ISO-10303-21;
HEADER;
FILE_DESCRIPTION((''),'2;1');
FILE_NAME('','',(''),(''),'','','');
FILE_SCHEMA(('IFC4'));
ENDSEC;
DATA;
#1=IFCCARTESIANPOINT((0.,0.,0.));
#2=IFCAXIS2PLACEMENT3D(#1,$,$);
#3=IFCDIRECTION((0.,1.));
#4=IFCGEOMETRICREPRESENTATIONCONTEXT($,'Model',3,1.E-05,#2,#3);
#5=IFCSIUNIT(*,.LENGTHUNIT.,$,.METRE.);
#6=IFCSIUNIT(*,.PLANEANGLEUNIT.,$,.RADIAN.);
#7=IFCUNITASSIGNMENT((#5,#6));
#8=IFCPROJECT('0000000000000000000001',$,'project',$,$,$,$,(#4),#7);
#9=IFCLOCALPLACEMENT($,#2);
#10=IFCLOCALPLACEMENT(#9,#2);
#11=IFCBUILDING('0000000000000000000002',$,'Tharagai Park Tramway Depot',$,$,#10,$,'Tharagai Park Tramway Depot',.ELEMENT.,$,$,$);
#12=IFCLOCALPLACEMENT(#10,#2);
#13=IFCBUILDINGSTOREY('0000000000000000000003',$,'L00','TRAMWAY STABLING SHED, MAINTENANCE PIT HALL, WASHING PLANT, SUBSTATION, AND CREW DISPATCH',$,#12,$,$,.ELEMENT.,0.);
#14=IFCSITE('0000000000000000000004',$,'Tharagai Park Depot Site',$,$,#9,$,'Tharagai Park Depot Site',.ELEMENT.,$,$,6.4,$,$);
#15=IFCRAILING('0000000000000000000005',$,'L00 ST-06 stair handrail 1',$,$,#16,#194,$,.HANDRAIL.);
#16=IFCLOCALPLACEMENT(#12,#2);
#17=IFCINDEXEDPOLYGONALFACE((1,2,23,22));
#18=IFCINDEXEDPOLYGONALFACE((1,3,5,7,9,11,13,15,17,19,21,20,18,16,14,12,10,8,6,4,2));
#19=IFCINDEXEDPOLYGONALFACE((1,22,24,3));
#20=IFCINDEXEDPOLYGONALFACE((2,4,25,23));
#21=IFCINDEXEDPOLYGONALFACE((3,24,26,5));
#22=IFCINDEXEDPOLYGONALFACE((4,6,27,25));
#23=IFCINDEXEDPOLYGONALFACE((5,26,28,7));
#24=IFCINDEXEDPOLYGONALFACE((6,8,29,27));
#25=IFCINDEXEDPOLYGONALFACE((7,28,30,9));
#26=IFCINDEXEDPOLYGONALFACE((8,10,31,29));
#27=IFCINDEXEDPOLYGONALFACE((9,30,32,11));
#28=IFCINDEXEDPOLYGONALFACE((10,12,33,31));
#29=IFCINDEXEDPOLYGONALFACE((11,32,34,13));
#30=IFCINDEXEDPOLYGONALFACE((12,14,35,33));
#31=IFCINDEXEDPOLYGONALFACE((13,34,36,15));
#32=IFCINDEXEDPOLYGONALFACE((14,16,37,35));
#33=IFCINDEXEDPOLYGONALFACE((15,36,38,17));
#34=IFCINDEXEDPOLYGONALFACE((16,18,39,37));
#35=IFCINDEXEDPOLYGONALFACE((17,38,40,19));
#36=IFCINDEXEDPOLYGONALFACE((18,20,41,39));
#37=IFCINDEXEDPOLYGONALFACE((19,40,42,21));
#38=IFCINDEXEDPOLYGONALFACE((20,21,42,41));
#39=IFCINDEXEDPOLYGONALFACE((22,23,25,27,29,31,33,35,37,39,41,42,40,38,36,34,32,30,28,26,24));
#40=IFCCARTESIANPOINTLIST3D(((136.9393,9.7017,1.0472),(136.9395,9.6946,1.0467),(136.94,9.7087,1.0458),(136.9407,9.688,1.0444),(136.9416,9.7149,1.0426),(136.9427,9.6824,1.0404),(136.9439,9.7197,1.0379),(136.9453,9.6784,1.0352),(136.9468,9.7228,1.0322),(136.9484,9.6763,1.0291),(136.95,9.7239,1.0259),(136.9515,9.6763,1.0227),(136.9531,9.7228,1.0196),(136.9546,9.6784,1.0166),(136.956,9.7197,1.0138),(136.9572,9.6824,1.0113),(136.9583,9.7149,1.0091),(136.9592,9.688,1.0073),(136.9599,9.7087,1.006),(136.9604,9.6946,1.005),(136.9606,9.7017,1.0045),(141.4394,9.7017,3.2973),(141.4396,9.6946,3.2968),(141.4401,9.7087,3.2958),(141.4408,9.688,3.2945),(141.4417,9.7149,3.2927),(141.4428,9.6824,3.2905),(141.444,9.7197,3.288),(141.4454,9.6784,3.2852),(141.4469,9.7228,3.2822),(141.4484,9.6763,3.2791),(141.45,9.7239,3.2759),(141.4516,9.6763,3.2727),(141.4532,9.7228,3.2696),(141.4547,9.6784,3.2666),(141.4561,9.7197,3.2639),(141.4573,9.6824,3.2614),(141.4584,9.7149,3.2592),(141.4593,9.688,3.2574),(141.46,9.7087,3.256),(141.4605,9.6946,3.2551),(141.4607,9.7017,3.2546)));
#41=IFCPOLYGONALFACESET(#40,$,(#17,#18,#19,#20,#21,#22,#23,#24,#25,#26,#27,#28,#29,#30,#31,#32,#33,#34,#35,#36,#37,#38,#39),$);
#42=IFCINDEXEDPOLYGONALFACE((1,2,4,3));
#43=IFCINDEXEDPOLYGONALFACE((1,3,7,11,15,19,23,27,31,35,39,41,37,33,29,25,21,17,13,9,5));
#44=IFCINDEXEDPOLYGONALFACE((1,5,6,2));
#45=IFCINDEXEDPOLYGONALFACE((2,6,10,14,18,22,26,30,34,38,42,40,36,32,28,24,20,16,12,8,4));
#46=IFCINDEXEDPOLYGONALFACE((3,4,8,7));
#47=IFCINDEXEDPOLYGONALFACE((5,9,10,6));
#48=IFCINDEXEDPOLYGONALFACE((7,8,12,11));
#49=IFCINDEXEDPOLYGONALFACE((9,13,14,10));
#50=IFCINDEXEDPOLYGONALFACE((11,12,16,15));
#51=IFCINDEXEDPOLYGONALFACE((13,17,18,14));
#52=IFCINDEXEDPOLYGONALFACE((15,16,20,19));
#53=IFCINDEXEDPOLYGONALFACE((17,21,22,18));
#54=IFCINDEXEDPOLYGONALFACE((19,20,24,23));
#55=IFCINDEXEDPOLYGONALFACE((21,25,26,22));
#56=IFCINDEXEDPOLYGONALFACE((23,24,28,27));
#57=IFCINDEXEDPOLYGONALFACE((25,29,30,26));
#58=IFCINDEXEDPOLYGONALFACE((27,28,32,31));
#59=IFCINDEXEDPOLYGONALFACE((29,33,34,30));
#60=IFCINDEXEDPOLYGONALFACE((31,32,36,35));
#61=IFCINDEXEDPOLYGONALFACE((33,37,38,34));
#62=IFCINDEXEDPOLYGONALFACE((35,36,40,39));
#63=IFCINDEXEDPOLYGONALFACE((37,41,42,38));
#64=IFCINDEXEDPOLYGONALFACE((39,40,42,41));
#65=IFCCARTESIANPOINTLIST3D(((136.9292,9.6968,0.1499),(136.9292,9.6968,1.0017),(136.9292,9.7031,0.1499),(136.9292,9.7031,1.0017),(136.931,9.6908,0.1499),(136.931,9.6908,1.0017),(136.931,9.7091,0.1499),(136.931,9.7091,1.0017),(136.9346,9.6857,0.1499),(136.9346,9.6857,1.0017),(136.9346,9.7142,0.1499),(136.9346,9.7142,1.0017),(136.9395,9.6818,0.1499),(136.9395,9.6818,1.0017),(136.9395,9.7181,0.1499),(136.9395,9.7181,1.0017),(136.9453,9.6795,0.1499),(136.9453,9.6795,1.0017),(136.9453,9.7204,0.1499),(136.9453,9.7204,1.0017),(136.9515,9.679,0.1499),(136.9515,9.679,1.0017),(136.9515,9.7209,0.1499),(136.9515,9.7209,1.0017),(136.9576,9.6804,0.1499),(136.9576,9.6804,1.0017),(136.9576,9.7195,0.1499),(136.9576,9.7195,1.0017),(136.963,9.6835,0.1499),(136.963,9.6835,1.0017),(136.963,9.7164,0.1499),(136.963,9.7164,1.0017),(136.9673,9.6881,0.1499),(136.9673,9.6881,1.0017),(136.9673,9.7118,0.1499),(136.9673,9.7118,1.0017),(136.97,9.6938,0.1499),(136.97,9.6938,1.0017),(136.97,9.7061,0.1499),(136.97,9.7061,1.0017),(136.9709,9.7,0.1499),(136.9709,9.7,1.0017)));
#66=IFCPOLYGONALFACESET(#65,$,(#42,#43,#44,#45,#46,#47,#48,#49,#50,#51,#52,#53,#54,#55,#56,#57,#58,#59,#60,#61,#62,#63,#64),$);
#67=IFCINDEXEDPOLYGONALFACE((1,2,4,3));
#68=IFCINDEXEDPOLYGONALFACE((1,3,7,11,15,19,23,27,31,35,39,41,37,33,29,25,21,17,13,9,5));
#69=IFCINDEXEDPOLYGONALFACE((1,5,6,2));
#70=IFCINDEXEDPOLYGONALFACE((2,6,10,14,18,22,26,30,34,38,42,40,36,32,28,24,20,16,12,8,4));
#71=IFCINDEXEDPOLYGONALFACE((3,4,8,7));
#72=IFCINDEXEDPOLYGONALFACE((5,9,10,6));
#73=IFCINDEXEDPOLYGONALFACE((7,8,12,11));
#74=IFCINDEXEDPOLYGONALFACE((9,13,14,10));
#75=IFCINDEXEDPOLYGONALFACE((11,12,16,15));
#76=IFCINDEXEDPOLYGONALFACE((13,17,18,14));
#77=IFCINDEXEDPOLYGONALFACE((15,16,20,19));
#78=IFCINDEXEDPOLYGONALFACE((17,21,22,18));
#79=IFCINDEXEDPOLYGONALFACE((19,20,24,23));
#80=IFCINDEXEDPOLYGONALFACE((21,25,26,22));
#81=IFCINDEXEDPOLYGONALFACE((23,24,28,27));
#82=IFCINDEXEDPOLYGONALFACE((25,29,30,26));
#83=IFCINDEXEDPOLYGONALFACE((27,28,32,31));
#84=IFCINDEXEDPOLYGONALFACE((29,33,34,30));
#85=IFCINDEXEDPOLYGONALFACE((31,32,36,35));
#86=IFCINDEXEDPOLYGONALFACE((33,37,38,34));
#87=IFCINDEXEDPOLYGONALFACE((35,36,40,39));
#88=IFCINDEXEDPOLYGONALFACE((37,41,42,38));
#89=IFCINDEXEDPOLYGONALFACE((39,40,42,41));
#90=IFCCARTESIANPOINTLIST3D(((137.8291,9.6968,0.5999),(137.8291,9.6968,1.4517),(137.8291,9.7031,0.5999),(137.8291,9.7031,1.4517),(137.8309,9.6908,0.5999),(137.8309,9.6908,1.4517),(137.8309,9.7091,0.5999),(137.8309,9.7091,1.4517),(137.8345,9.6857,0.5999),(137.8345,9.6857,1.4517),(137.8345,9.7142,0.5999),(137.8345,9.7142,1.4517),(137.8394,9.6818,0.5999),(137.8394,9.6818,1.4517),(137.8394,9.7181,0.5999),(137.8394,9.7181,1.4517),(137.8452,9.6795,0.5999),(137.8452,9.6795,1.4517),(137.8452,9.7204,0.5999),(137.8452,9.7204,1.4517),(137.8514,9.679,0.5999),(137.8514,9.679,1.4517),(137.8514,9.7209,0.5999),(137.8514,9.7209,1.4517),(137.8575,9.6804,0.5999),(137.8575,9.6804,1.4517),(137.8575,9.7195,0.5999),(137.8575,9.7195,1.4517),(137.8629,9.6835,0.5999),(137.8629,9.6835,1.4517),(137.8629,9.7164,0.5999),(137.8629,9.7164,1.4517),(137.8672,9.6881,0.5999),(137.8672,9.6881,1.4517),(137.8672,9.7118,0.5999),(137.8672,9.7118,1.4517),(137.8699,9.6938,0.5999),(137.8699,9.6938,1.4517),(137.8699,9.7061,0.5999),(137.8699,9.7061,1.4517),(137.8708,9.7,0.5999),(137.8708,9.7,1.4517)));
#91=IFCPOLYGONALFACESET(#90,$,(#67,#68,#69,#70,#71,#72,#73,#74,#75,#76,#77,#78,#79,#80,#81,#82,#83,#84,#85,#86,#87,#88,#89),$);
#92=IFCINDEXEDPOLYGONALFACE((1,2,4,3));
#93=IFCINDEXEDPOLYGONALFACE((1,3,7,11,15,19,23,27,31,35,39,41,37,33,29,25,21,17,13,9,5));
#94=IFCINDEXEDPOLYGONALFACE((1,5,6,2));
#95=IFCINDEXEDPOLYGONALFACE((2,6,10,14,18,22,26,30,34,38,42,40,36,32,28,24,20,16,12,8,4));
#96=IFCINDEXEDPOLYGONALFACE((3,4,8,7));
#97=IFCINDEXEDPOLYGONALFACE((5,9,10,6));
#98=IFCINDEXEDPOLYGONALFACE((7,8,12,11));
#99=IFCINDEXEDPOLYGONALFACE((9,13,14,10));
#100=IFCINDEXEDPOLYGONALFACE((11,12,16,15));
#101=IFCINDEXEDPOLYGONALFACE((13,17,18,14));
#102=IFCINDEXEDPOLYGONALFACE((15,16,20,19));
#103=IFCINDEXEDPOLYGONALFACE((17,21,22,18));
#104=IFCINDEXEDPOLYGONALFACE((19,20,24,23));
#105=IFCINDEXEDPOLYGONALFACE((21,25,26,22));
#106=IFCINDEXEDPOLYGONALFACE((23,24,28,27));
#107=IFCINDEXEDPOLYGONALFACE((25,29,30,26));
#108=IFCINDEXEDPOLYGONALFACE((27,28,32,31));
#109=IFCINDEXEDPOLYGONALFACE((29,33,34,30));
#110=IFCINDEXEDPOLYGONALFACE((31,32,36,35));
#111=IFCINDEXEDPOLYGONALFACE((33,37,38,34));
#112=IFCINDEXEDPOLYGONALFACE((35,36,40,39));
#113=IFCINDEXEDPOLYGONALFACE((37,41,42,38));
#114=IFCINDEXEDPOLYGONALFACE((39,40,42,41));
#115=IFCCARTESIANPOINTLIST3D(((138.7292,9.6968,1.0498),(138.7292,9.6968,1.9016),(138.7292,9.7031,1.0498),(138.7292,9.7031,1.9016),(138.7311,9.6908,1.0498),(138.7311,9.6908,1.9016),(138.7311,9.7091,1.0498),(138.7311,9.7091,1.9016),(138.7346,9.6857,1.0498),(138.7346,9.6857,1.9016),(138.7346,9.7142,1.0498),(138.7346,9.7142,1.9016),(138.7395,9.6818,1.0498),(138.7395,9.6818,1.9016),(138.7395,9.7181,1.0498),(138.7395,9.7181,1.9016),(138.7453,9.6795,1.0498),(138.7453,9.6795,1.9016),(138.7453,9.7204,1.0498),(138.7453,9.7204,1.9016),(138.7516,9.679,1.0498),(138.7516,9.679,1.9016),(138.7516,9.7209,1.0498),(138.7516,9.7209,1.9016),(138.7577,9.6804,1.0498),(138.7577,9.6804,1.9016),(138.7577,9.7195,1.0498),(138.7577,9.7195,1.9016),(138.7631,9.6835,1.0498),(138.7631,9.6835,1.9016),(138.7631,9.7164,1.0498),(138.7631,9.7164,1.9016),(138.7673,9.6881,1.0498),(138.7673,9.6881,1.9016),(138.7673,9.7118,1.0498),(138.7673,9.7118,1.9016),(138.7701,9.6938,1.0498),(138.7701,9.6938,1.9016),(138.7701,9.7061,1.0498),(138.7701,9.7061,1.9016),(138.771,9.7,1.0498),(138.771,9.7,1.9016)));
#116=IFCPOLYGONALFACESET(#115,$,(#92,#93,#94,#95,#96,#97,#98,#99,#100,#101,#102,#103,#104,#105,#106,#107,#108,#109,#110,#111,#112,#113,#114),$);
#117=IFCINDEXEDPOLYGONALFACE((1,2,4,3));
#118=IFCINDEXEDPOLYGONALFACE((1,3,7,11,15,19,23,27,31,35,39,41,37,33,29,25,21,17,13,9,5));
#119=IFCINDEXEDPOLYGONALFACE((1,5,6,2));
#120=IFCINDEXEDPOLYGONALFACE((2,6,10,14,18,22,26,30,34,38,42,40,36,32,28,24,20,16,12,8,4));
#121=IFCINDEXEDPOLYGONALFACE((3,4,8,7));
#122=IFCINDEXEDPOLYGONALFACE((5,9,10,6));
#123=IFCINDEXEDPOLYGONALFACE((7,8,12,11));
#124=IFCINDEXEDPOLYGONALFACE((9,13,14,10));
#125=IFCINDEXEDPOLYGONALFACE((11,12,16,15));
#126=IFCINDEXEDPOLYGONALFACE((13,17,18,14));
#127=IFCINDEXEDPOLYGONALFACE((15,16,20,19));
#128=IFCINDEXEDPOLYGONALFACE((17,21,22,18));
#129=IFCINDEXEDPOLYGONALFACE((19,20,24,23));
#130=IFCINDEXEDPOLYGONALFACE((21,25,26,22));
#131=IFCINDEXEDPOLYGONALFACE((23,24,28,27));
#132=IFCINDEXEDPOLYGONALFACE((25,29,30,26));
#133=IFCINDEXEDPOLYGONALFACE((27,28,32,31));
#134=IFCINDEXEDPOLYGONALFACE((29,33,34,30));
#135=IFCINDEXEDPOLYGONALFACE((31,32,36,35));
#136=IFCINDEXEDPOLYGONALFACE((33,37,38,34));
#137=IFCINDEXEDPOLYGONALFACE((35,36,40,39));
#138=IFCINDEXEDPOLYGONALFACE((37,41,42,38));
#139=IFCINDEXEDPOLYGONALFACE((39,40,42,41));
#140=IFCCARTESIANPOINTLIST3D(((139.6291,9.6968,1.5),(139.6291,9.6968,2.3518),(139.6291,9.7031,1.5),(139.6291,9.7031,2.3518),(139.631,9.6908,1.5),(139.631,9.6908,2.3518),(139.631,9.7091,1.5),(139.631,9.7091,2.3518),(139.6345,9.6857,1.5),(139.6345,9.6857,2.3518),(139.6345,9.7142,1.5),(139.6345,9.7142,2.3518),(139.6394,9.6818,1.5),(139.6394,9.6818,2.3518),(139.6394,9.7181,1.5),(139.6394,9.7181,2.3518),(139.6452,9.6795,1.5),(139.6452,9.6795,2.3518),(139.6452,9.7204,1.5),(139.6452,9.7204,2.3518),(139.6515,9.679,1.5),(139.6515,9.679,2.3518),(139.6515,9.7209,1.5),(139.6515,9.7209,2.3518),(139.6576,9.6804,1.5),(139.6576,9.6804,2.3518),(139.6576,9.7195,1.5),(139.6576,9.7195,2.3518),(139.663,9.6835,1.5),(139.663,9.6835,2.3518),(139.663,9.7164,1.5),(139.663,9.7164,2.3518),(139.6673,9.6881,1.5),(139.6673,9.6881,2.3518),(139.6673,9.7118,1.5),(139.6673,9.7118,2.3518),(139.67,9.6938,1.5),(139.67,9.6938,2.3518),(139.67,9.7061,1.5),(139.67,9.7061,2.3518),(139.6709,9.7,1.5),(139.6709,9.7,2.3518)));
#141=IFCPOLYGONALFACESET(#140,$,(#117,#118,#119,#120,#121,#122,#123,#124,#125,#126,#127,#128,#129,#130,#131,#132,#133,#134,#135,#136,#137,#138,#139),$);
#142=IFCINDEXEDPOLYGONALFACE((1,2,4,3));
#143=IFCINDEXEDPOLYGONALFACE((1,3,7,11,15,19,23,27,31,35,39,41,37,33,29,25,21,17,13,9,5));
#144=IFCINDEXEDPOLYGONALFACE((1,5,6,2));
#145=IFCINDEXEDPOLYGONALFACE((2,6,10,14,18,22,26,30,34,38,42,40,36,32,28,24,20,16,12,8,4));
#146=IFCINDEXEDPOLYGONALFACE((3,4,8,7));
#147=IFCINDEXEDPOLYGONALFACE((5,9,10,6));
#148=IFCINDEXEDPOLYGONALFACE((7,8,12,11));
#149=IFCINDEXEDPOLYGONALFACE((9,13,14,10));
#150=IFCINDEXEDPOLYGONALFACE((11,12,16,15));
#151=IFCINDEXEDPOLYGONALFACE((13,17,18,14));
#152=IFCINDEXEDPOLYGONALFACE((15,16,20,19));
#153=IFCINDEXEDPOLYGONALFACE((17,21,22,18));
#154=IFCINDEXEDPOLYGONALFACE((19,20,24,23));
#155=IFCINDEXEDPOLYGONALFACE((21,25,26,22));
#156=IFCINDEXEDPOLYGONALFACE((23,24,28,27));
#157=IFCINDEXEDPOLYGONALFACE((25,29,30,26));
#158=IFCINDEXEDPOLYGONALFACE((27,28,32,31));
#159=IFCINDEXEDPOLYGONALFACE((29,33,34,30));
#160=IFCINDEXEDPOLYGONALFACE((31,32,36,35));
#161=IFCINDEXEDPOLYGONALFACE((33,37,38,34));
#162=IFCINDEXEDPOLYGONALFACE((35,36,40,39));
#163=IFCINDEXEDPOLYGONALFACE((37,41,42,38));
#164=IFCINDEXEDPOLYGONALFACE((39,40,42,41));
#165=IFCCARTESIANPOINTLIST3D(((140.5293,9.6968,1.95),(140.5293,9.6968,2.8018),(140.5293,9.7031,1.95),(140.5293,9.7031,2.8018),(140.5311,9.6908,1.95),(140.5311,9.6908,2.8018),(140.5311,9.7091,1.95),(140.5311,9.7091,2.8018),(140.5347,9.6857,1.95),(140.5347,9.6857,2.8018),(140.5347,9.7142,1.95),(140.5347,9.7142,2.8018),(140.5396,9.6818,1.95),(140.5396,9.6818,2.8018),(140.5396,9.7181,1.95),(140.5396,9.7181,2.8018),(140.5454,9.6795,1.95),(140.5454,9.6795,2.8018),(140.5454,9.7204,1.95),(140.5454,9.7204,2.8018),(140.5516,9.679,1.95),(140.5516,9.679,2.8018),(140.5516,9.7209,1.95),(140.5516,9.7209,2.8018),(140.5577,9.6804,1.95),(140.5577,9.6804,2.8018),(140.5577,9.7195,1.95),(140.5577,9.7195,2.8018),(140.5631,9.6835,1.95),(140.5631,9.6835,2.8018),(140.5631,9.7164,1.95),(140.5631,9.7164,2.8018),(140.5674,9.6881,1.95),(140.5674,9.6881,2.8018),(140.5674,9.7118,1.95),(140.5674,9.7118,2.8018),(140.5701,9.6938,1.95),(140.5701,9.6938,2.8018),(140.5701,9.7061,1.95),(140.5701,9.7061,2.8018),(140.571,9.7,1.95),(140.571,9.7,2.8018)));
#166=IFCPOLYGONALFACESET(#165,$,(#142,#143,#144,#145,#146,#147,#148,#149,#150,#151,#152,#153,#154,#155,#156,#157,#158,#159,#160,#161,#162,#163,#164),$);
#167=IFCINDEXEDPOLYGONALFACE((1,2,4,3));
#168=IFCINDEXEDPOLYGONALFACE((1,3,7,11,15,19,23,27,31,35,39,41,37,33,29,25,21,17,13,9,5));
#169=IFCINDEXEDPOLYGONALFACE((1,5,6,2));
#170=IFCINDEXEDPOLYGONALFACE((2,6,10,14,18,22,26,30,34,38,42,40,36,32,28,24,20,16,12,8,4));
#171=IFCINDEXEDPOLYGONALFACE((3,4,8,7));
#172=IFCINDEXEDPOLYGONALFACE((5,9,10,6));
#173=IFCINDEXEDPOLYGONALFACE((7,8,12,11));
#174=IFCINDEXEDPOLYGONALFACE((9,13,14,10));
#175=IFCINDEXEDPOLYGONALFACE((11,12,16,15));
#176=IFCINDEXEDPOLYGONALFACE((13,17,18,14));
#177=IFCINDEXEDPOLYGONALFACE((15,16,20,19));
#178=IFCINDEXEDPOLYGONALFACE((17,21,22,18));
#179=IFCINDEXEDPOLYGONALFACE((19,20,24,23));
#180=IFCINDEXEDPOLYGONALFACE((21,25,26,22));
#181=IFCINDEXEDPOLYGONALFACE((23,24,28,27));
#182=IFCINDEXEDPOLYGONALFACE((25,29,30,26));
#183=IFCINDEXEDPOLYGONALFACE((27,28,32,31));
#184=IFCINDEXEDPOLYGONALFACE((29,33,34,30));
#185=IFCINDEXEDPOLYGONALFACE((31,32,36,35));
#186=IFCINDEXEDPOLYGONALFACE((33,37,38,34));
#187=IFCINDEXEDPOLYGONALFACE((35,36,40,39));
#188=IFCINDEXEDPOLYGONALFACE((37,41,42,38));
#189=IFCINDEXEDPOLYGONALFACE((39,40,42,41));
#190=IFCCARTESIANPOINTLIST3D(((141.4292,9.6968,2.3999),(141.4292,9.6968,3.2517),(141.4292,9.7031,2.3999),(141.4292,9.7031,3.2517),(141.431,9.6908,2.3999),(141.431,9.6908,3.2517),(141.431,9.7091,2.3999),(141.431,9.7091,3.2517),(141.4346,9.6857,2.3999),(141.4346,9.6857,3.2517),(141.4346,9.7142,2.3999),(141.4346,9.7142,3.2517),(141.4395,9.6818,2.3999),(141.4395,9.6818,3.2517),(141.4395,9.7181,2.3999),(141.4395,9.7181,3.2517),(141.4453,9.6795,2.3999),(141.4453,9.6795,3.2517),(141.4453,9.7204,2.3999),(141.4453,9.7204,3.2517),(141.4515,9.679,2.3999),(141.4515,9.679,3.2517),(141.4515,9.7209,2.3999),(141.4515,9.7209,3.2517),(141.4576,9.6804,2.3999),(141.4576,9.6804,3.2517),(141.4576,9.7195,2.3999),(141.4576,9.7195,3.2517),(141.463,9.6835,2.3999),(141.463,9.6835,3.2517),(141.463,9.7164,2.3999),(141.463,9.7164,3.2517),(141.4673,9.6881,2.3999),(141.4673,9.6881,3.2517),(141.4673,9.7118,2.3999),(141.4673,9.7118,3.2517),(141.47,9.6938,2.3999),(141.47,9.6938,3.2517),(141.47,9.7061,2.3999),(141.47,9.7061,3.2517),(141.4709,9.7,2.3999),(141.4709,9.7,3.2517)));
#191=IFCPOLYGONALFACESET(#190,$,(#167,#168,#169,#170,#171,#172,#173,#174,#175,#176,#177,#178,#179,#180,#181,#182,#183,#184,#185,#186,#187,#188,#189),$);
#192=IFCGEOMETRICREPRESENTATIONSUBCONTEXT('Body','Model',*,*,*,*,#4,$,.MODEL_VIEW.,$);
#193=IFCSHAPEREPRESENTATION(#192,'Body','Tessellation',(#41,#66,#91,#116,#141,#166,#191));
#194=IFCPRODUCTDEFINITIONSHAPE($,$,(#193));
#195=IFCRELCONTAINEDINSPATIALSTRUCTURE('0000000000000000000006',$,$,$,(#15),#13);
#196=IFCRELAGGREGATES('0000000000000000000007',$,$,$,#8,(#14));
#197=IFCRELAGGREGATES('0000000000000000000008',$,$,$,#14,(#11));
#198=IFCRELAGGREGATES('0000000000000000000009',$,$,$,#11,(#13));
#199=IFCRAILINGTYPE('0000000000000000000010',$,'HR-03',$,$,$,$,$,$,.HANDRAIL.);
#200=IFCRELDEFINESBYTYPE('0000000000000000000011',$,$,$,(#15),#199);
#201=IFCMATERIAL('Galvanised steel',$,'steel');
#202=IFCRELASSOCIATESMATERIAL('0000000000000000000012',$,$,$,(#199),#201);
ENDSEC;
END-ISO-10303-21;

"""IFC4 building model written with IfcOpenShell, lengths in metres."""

from ifc_helpers import new_model, si_unit, direction, frame, origin, origin_2d, place, context, subcontext, project, spatial, circle, extrude, material, type_object, element, save


model = new_model("IFC4")

# Units and contexts
model_context = context("Model", 3, precision=1e-05, world=origin(), true_north=direction((0.0, 1.0)))
body_context = subcontext(model_context, "Body", "Model", "MODEL_VIEW")
ifc_project = project(units=[si_unit("LENGTHUNIT", "METRE"), si_unit("PLANEANGLEUNIT", "RADIAN")], contexts=[model_context])

# Site, building, storey
site_placement = place(None, origin())
site = spatial("IfcSite", under=ifc_project, at=site_placement, Name="Tharagai Park Depot Site", LongName="Tharagai Park Depot Site", CompositionType="ELEMENT", RefElevation=6.4)
building_placement = place(site_placement, origin())
building = spatial("IfcBuilding", under=site, at=building_placement, Name="Tharagai Park Tramway Depot", LongName="Tharagai Park Tramway Depot", CompositionType="ELEMENT")
storey_placement = place(building_placement, origin())
storey = spatial("IfcBuildingStorey", under=building, at=storey_placement, Name="L00", Description="TRAMWAY STABLING SHED, MAINTENANCE PIT HALL, WASHING PLANT, SUBSTATION, AND CREW DISPATCH", CompositionType="ELEMENT", Elevation=0.0)

# Railing
ifc_material_1 = material(Name="Galvanised steel", Category="steel")
railing_type_1 = type_object("IfcRailingType", Name="HR-03", PredefinedType="HANDRAIL", material=ifc_material_1)
railing_1_placement = place(storey_placement, frame((136.95, 9.7, 0.1499)))
element("IfcRailing", 1, at=railing_1_placement, inside=storey, type_object=railing_type_1, Name="L00 ST-06 stair handrail 1", PredefinedType="HANDRAIL", context=body_context, shape_type="SweptSolid", body=[
    extrude(circle(Radius=0.0239, at=origin_2d()), frame((0.0, 0.0, 0.876), z_axis=(0.894427, 0.0, 0.447214), x_axis=(0.0, 1.0, 0.0)), (0.0, 0.0, 1.0), 5.0312),
    extrude(circle(Radius=0.021, at=origin_2d()), origin(), (0.0, 0.0, 1.0), 0.8518),
    extrude(circle(Radius=0.021, at=origin_2d()), frame((0.8999, 0.0, 0.45)), (0.0, 0.0, 1.0), 0.8518),
    extrude(circle(Radius=0.021, at=origin_2d()), frame((1.8, 0.0, 0.8999)), (0.0, 0.0, 1.0), 0.8518),
    extrude(circle(Radius=0.021, at=origin_2d()), frame((2.7, 0.0, 1.3501)), (0.0, 0.0, 1.0), 0.8518),
    extrude(circle(Radius=0.021, at=origin_2d()), frame((3.6001, 0.0, 1.8)), (0.0, 0.0, 1.0), 0.8518),
    extrude(circle(Radius=0.021, at=origin_2d()), frame((4.5, 0.0, 2.25)), (0.0, 0.0, 1.0), 0.8518),
])

save(model, "model.ifc")
